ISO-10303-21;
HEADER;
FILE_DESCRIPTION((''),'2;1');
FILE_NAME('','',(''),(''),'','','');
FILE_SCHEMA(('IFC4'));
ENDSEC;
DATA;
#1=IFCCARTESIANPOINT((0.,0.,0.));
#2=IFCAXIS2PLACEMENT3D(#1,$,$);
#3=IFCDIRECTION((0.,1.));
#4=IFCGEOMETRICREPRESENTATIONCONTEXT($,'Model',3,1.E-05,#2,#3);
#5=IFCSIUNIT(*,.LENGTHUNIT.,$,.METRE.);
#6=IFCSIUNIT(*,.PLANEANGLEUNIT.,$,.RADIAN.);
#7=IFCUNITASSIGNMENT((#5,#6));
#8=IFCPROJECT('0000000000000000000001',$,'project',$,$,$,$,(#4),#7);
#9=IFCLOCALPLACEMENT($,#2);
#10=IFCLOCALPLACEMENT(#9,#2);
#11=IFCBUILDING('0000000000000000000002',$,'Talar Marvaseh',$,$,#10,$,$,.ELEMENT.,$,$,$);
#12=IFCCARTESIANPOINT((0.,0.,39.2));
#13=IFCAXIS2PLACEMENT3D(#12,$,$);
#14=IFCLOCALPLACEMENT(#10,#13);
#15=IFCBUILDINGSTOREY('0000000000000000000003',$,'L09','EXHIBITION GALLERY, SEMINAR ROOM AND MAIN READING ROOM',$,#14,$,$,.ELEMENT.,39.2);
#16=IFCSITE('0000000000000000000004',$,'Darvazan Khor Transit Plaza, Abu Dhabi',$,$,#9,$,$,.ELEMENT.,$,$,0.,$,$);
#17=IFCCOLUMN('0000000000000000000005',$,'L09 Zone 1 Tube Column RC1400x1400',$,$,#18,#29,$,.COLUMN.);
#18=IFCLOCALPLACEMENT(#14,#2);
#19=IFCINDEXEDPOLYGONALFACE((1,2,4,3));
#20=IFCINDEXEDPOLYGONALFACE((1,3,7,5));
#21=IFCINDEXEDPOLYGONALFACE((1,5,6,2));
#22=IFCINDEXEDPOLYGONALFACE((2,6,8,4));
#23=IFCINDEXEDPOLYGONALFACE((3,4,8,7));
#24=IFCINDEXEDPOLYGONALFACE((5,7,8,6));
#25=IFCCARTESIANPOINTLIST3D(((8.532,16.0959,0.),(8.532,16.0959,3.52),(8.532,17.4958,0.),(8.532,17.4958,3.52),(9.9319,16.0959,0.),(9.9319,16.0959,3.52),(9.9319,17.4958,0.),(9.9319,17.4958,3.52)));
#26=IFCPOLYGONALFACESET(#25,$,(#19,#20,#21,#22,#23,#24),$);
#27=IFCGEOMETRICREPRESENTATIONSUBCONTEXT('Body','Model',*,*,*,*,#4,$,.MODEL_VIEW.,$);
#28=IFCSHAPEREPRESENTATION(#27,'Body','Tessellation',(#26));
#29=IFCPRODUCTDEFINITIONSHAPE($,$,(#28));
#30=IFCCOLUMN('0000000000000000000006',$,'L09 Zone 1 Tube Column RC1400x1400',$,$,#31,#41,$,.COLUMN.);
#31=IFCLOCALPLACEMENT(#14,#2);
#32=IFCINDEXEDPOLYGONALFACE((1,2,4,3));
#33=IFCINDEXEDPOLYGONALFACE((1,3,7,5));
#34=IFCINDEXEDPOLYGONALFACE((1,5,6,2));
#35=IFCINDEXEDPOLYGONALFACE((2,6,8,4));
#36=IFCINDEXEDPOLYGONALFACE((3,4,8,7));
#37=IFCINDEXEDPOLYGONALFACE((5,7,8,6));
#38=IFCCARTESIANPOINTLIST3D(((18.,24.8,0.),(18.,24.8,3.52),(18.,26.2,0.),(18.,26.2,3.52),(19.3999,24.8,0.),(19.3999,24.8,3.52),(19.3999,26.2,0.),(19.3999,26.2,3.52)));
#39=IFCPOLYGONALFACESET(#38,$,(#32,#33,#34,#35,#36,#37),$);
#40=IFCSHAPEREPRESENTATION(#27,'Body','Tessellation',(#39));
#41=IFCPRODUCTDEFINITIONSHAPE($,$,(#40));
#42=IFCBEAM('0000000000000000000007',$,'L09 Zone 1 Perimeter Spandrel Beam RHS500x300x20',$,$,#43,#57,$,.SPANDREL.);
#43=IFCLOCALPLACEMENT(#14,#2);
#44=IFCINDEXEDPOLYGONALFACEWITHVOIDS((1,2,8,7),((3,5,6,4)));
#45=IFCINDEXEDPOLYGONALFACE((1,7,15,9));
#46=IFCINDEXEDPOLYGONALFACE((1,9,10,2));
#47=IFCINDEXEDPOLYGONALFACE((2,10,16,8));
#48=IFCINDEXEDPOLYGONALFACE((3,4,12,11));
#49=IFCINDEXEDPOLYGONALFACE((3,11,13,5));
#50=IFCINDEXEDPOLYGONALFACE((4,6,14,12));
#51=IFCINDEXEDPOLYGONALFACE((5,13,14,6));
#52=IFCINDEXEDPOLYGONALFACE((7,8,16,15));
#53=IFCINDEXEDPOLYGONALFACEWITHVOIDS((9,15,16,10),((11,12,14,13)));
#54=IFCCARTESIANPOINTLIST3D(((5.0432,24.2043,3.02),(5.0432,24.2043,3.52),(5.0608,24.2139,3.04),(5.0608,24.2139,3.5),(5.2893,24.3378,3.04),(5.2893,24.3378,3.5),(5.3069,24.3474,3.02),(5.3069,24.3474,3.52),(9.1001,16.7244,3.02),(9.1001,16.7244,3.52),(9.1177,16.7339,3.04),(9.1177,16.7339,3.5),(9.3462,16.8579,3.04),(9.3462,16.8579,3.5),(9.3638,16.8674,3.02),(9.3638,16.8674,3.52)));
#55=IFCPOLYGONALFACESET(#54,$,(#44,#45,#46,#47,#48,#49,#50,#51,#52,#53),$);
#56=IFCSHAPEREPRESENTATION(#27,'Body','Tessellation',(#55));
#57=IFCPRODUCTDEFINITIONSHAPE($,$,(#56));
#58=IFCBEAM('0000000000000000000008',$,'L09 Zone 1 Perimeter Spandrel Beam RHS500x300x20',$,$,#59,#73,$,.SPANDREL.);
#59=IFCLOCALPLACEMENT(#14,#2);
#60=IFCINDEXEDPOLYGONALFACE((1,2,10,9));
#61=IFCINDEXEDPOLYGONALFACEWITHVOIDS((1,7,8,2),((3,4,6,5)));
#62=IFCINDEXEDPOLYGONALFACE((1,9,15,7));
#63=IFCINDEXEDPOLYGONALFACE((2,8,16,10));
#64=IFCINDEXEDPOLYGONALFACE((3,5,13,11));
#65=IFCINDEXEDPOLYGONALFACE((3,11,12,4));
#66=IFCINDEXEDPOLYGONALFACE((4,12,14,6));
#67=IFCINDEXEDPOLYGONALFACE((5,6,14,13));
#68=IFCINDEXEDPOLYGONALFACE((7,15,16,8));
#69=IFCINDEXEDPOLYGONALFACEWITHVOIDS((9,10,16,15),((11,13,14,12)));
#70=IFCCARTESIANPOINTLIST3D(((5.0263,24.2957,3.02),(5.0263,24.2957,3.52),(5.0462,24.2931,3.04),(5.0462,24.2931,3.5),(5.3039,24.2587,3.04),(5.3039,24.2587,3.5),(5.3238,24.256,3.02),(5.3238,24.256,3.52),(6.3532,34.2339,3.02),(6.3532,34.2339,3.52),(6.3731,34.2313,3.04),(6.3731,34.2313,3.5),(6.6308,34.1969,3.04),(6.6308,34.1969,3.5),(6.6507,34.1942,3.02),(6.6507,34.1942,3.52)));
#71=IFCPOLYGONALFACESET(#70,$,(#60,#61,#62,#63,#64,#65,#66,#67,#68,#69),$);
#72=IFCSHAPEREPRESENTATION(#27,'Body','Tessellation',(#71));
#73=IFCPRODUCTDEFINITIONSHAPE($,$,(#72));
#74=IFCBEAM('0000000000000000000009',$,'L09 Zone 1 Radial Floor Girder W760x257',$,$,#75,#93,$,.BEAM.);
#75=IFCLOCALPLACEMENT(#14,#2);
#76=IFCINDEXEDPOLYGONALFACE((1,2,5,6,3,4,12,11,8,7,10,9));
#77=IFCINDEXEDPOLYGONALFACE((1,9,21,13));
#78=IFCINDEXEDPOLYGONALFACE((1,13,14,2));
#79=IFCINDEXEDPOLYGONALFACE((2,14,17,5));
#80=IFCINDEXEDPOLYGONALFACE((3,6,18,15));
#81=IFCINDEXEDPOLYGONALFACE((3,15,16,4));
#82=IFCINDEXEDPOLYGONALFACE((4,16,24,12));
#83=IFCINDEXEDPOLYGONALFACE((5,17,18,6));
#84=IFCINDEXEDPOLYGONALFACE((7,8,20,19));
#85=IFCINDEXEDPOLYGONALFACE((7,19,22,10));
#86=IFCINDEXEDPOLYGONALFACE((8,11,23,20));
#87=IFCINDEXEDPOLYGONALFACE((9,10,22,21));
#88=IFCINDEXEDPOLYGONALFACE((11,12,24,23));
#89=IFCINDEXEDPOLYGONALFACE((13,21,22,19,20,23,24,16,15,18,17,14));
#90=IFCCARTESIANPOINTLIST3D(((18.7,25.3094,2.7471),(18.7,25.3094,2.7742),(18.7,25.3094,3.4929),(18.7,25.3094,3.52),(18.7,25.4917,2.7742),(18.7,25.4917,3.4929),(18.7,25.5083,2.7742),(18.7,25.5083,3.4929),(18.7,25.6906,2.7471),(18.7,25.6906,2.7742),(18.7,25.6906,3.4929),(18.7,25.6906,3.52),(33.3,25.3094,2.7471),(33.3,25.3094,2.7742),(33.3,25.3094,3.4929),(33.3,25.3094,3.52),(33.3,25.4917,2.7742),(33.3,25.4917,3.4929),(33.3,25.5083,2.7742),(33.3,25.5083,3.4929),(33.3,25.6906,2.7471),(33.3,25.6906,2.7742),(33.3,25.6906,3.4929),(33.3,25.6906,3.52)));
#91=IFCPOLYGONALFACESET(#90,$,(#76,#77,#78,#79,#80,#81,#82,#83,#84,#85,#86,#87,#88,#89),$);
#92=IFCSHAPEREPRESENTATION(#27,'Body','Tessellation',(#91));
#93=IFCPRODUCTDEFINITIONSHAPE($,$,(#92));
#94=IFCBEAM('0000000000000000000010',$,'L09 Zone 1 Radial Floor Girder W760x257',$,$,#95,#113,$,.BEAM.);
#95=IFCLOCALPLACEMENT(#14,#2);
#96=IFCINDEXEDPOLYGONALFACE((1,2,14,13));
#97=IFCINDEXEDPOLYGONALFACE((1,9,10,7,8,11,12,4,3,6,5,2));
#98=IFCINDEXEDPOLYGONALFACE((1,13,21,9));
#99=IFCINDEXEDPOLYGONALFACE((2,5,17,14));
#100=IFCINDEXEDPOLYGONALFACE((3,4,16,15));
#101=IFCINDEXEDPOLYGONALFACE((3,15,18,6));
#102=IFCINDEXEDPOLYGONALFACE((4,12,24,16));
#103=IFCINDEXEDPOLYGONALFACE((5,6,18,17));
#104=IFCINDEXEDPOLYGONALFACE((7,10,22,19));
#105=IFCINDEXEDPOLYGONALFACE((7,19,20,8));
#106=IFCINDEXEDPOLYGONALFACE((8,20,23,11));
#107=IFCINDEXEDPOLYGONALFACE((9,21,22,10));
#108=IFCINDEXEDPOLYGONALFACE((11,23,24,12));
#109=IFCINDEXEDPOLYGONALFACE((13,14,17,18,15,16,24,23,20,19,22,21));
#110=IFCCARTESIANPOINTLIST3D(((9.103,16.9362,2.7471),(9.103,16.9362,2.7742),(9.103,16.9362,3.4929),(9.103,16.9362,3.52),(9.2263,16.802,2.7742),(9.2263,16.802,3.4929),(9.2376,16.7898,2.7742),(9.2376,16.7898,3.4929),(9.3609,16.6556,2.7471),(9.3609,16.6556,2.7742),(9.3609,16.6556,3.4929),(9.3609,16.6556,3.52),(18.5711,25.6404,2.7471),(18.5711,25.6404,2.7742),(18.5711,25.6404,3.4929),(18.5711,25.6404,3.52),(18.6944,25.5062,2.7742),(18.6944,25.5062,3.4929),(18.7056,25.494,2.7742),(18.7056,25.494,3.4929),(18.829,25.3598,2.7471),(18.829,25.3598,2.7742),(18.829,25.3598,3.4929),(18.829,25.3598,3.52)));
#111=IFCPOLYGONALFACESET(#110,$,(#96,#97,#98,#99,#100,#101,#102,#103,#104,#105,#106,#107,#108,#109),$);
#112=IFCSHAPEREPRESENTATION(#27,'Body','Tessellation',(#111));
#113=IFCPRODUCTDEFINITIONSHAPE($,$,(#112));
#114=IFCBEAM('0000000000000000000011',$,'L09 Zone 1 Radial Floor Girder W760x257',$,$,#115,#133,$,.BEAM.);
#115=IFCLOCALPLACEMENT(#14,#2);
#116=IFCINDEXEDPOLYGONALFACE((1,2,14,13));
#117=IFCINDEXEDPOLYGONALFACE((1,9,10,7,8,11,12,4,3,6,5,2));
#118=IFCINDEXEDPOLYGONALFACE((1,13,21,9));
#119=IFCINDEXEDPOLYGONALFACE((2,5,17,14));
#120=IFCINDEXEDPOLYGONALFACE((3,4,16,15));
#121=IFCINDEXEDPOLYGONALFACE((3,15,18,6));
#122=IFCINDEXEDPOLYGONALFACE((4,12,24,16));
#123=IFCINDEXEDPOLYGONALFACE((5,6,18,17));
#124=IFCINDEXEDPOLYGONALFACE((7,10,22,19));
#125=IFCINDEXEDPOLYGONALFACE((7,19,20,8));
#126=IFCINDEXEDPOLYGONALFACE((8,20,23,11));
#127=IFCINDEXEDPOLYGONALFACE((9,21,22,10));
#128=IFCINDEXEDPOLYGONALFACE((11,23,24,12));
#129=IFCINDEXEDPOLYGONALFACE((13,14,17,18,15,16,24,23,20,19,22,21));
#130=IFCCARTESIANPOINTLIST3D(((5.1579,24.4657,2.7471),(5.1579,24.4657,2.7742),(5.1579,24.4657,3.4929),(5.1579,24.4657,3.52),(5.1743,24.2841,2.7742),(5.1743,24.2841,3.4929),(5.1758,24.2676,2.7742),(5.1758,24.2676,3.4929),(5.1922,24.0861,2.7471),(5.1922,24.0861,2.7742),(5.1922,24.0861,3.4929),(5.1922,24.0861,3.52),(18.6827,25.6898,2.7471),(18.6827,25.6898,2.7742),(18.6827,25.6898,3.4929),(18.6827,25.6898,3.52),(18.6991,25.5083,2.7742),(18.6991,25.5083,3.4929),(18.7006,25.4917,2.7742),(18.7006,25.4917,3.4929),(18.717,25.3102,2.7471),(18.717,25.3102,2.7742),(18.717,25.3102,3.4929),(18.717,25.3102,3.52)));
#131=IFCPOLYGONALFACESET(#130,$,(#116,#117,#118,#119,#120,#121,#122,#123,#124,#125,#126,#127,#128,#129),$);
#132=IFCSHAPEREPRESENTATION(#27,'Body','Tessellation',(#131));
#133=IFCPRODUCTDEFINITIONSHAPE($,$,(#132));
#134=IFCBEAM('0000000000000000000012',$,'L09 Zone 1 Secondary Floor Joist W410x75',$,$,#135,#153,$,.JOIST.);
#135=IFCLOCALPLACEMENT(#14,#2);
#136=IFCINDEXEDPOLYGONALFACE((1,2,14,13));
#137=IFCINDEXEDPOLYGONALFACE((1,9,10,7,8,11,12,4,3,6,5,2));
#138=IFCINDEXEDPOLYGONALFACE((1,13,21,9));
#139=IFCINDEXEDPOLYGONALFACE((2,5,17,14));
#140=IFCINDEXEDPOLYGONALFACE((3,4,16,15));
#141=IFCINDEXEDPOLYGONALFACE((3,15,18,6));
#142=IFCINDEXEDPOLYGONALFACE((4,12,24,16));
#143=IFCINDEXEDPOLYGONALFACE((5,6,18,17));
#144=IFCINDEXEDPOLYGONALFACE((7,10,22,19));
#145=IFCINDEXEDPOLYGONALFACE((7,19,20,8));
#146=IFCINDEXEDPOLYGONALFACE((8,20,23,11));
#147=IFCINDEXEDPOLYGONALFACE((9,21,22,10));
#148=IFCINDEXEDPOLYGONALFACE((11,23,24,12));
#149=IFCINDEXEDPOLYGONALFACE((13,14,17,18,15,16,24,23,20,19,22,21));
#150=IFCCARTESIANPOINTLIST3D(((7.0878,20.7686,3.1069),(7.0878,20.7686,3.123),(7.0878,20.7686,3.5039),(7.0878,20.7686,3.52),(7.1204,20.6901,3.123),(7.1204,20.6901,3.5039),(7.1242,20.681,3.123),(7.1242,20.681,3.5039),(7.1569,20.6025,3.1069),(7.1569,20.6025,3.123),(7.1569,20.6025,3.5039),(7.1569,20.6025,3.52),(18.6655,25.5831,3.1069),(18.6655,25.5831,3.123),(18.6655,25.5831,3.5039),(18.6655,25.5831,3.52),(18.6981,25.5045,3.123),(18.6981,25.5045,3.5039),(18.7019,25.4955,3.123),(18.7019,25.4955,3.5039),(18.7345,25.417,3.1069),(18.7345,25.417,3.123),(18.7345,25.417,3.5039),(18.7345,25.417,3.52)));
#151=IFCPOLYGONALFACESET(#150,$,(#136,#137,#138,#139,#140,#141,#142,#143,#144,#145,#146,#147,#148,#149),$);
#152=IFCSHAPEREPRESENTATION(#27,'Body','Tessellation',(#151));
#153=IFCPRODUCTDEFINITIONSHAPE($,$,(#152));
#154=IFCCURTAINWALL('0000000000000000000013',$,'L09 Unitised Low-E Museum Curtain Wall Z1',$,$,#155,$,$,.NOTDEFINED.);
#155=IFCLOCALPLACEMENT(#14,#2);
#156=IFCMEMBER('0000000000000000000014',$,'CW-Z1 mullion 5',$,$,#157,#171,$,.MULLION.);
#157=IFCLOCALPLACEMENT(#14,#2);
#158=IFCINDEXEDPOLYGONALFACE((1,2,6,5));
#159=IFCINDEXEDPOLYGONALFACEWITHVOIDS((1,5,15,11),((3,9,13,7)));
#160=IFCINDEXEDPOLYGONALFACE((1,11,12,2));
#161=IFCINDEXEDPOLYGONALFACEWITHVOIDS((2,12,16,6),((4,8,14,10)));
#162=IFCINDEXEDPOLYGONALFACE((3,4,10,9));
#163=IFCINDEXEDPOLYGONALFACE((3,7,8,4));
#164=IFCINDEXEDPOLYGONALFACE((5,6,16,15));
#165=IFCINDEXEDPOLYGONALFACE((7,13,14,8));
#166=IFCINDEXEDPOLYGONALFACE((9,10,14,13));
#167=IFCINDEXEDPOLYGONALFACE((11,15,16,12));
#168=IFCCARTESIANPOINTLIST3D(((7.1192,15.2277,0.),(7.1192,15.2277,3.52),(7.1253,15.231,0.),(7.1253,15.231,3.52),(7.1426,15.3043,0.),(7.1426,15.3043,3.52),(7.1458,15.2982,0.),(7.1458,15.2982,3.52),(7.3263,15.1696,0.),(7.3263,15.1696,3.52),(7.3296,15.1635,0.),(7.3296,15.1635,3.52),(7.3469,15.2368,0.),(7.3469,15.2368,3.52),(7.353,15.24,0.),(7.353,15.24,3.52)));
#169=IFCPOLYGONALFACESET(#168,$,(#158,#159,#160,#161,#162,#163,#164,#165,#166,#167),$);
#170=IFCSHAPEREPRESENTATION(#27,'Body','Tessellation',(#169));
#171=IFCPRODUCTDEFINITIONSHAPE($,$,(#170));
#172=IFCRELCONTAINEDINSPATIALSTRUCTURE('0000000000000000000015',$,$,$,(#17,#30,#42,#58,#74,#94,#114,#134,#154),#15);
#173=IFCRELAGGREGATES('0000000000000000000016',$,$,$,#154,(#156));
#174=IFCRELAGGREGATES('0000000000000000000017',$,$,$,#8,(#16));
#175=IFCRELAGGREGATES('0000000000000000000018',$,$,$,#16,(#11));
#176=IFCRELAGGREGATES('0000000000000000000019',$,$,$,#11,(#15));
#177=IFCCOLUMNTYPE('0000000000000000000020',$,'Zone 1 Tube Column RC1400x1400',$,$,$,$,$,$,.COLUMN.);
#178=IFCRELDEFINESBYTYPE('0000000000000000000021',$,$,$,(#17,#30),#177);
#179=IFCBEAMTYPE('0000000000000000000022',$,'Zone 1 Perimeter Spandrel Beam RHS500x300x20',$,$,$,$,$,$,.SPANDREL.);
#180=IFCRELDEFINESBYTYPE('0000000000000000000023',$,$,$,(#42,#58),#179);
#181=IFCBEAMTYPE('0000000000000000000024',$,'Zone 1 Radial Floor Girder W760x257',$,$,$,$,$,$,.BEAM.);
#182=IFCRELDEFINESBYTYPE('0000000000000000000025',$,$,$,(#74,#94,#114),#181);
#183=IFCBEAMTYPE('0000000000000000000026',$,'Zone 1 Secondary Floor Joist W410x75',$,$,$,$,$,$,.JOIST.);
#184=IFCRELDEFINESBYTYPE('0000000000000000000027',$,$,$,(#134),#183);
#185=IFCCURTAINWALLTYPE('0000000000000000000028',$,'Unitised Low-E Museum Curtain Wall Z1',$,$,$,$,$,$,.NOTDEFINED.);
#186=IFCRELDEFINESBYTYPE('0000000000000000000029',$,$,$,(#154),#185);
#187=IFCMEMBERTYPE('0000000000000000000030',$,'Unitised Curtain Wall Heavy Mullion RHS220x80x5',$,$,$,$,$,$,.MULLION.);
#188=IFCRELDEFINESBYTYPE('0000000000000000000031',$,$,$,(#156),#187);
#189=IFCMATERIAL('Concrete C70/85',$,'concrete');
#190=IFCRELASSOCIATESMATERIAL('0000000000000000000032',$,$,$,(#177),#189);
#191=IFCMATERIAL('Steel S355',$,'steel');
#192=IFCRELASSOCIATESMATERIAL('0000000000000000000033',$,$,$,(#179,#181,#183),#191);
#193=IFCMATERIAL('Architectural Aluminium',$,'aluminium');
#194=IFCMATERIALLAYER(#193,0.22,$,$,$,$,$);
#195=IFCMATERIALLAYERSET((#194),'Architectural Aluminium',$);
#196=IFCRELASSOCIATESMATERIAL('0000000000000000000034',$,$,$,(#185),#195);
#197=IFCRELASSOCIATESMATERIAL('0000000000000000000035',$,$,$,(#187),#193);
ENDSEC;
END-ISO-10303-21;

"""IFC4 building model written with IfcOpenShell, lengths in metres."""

from ifc_helpers import new_model, si_unit, direction, frame, origin, origin_2d, place, context, subcontext, project, spatial, rectangle, hollow_rectangle, i_section, extrude, source, transform, mapped, material, layer, layer_set, material_profile, profile_set, type_object, type_shapes, element, aggregate, save


model = new_model("IFC4")

# Units and contexts
model_context = context("Model", 3, precision=1e-05, world=origin(), true_north=direction((0.0, 1.0)))
body_context = subcontext(model_context, "Body", "Model", "MODEL_VIEW")
ifc_project = project(units=[si_unit("LENGTHUNIT", "METRE"), si_unit("PLANEANGLEUNIT", "RADIAN")], contexts=[model_context])

# Site, building, storey
site_placement = place(None, origin())
site = spatial("IfcSite", under=ifc_project, at=site_placement, Name="Darvazan Khor Transit Plaza, Abu Dhabi", CompositionType="ELEMENT", RefElevation=0.0)
building_placement = place(site_placement, origin())
building = spatial("IfcBuilding", under=site, at=building_placement, Name="Talar Marvaseh", CompositionType="ELEMENT")
storey_placement = place(building_placement, frame((0.0, 0.0, 39.2)))
storey = spatial("IfcBuildingStorey", under=building, at=storey_placement, Name="L09", Description="EXHIBITION GALLERY, SEMINAR ROOM AND MAIN READING ROOM", CompositionType="ELEMENT", Elevation=39.2)

# Columns
ifc_material_1 = material(Name="Concrete C70/85", Category="concrete")
ifc_material_profile_1 = material_profile(ifc_material_1, rectangle(XDim=1.3999, YDim=1.3999, at=origin_2d()), Name="RC1400x1400")
ifc_profile_set_1 = profile_set([ifc_material_profile_1], Name="Concrete C70/85")
column_type = type_object("IfcColumnType", Name="Zone 1 Tube Column RC1400x1400", PredefinedType="COLUMN", material=ifc_profile_set_1)
for number, where, z_axis, x_axis, name in (
    (1, (9.2319, 16.7959, 0.0), (0.0, 0.0, 1.0), (1.0, 0.0, 0.0), "L09 Zone 1 Tube Column RC1400x1400"),
    (2, (18.7, 25.5, 0.0), (0.0, 0.0, 1.0), (1.0, 0.0, 0.0), "L09 Zone 1 Tube Column RC1400x1400"),
):
    element("IfcColumn", number, at=place(storey_placement, frame(where, z_axis=z_axis, x_axis=x_axis)), inside=storey, type_object=column_type, Name=name, PredefinedType="COLUMN", context=body_context, shape_type="SweptSolid", body=[
        extrude(rectangle(XDim=1.3999, YDim=1.3999, at=origin_2d()), origin(), (0.0, 0.0, 1.0), 3.52),
    ])

# Beams
ifc_material_2 = material(Name="Steel S355", Category="steel")
ifc_material_profile_2 = material_profile(ifc_material_2, hollow_rectangle(XDim=0.3, YDim=0.5, WallThickness=0.02, at=origin_2d()), Name="RHS500x300x20")
ifc_profile_set_2 = profile_set([ifc_material_profile_2], Name="Steel S355")
beam_type_1 = type_object("IfcBeamType", Name="Zone 1 Perimeter Spandrel Beam RHS500x300x20", PredefinedType="SPANDREL", material=ifc_profile_set_2)
beam_1_placement = place(storey_placement, frame((9.2319, 16.7959, 3.27), z_axis=(-0.476758, 0.879035, 0.0), x_axis=(-0.879035, -0.476758, 0.0)))
element("IfcBeam", 3, at=beam_1_placement, inside=storey, type_object=beam_type_1, Name="L09 Zone 1 Perimeter Spandrel Beam RHS500x300x20", PredefinedType="SPANDREL", context=body_context, shape_type="SweptSolid", body=[
    extrude(hollow_rectangle(XDim=0.3, YDim=0.5, WallThickness=0.02, at=origin_2d()), origin(), (0.0, 0.0, 1.0), 8.5093),
])
beam_2_placement = place(storey_placement, frame((5.175, 24.2759, 3.27), z_axis=(0.132341, 0.991204, 0.0), x_axis=(-0.991204, 0.132341, 0.0)))
element("IfcBeam", 4, at=beam_2_placement, inside=storey, type_object=beam_type_1, Name="L09 Zone 1 Perimeter Spandrel Beam RHS500x300x20", PredefinedType="SPANDREL", context=body_context, shape_type="SweptSolid", body=[
    extrude(hollow_rectangle(XDim=0.3, YDim=0.5, WallThickness=0.02, at=origin_2d()), origin(), (0.0, 0.0, 1.0), 10.0264),
])
ifc_material_profile_3 = material_profile(ifc_material_2, i_section(OverallWidth=0.3811, OverallDepth=0.7729, WebThickness=0.0166, FlangeThickness=0.0271, at=origin_2d()), Name="W760x257")
ifc_profile_set_3 = profile_set([ifc_material_profile_3], Name="Steel S355")
beam_type_2 = type_object("IfcBeamType", Name="Zone 1 Radial Floor Girder W760x257", PredefinedType="BEAM", material=ifc_profile_set_3)
beam_3_placement = place(storey_placement, frame((18.7, 25.5, 3.1335), z_axis=(1.0, 0.0, 0.0), x_axis=(0.0, 1.0, 0.0)))
element("IfcBeam", 5, at=beam_3_placement, inside=storey, type_object=beam_type_2, Name="L09 Zone 1 Radial Floor Girder W760x257", PredefinedType="BEAM", context=body_context, shape_type="SweptSolid", body=[
    extrude(i_section(OverallWidth=0.3811, OverallDepth=0.7729, WebThickness=0.0166, FlangeThickness=0.0271, at=origin_2d()), origin(), (0.0, 0.0, 1.0), 14.6001),
])
beam_4_placement = place(storey_placement, frame((9.2319, 16.7959, 3.1335), z_axis=(0.736182, 0.676784, 0.0), x_axis=(-0.676784, 0.736182, 0.0)))
element("IfcBeam", 6, at=beam_4_placement, inside=storey, type_object=beam_type_2, Name="L09 Zone 1 Radial Floor Girder W760x257", PredefinedType="BEAM", context=body_context, shape_type="SweptSolid", body=[
    extrude(i_section(OverallWidth=0.3811, OverallDepth=0.7729, WebThickness=0.0166, FlangeThickness=0.0271, at=origin_2d()), origin(), (0.0, 0.0, 1.0), 12.8611),
])
beam_5_placement = place(storey_placement, frame((5.175, 24.2759, 3.1335), z_axis=(0.995929, 0.09014, 0.0), x_axis=(-0.09014, 0.995929, 0.0)))
element("IfcBeam", 7, at=beam_5_placement, inside=storey, type_object=beam_type_2, Name="L09 Zone 1 Radial Floor Girder W760x257", PredefinedType="BEAM", context=body_context, shape_type="SweptSolid", body=[
    extrude(i_section(OverallWidth=0.3811, OverallDepth=0.7729, WebThickness=0.0166, FlangeThickness=0.0271, at=origin_2d()), origin(), (0.0, 0.0, 1.0), 13.5801),
])
ifc_material_profile_4 = material_profile(ifc_material_2, i_section(OverallWidth=0.1799, OverallDepth=0.4131, WebThickness=0.0098, FlangeThickness=0.0161, at=origin_2d()), Name="W410x75")
ifc_profile_set_4 = profile_set([ifc_material_profile_4], Name="Steel S355")
beam_type_3 = type_object("IfcBeamType", Name="Zone 1 Secondary Floor Joist W410x75", PredefinedType="JOIST", material=ifc_profile_set_4)
beam_6_placement = place(storey_placement, frame((7.1223, 20.6855, 3.3135), z_axis=(0.923347, 0.383965, 0.0), x_axis=(-0.383965, 0.923347, 0.0)))
element("IfcBeam", 8, at=beam_6_placement, inside=storey, type_object=beam_type_3, Name="L09 Zone 1 Secondary Floor Joist W410x75", PredefinedType="JOIST", context=body_context, shape_type="SweptSolid", body=[
    extrude(i_section(OverallWidth=0.1799, OverallDepth=0.4131, WebThickness=0.0098, FlangeThickness=0.0161, at=origin_2d()), origin(), (0.0, 0.0, 1.0), 12.5388),
])

# Curtain wall, member
ifc_material_3 = material(Name="Architectural Aluminium", Category="aluminium")
ifc_layer_1 = layer(ifc_material_3, 0.22)
ifc_layer_set_1 = layer_set([ifc_layer_1], Name="Architectural Aluminium")
curtain_wall_type = type_object("IfcCurtainWallType", Name="Unitised Low-E Museum Curtain Wall Z1", PredefinedType="NOTDEFINED", material=ifc_layer_set_1)
curtain_wall_placement = place(storey_placement, origin())
curtain_wall = element("IfcCurtainWall", 9, at=curtain_wall_placement, inside=storey, type_object=curtain_wall_type, Name="L09 Unitised Low-E Museum Curtain Wall Z1", PredefinedType="NOTDEFINED")
ifc_material_profile_5 = material_profile(ifc_material_3, hollow_rectangle(XDim=0.0801, YDim=0.22, WallThickness=0.0049, at=origin_2d()), Name="RHS220x80x5")
ifc_profile_set_5 = profile_set([ifc_material_profile_5], Name="Architectural Aluminium")
member_type_1 = type_object("IfcMemberType", Name="Unitised Curtain Wall Heavy Mullion RHS220x80x5", PredefinedType="MULLION", material=ifc_profile_set_5)
shared_shape_1 = source(origin(), body_context, "Body", "SweptSolid", [
    extrude(hollow_rectangle(XDim=0.0801, YDim=0.22, WallThickness=0.0049, at=origin_2d()), origin(), (0.0, 0.0, 1.0), 3.52),
])
type_shapes(member_type_1, [shared_shape_1])
member_1_placement = place(storey_placement, frame((7.2361, 15.2339, 0.0), z_axis=(0.0, 0.0, 1.0), x_axis=(-0.292223, -0.95635, 0.0)))
member_1 = element("IfcMember", 10, at=member_1_placement, type_object=member_type_1, Name="CW-Z1 mullion 5", PredefinedType="MULLION", context=body_context, shape_type="MappedRepresentation", body=[
    mapped(shared_shape_1, transform((0.0, 0.0, 0.0), x_axis=(1.0, 0.0, 0.0), y_axis=(0.0, 1.0, 0.0), z_axis=(0.0, 0.0, 1.0), scale=1.0)),
])
aggregate(curtain_wall, [member_1])

save(model, "model.ifc")
